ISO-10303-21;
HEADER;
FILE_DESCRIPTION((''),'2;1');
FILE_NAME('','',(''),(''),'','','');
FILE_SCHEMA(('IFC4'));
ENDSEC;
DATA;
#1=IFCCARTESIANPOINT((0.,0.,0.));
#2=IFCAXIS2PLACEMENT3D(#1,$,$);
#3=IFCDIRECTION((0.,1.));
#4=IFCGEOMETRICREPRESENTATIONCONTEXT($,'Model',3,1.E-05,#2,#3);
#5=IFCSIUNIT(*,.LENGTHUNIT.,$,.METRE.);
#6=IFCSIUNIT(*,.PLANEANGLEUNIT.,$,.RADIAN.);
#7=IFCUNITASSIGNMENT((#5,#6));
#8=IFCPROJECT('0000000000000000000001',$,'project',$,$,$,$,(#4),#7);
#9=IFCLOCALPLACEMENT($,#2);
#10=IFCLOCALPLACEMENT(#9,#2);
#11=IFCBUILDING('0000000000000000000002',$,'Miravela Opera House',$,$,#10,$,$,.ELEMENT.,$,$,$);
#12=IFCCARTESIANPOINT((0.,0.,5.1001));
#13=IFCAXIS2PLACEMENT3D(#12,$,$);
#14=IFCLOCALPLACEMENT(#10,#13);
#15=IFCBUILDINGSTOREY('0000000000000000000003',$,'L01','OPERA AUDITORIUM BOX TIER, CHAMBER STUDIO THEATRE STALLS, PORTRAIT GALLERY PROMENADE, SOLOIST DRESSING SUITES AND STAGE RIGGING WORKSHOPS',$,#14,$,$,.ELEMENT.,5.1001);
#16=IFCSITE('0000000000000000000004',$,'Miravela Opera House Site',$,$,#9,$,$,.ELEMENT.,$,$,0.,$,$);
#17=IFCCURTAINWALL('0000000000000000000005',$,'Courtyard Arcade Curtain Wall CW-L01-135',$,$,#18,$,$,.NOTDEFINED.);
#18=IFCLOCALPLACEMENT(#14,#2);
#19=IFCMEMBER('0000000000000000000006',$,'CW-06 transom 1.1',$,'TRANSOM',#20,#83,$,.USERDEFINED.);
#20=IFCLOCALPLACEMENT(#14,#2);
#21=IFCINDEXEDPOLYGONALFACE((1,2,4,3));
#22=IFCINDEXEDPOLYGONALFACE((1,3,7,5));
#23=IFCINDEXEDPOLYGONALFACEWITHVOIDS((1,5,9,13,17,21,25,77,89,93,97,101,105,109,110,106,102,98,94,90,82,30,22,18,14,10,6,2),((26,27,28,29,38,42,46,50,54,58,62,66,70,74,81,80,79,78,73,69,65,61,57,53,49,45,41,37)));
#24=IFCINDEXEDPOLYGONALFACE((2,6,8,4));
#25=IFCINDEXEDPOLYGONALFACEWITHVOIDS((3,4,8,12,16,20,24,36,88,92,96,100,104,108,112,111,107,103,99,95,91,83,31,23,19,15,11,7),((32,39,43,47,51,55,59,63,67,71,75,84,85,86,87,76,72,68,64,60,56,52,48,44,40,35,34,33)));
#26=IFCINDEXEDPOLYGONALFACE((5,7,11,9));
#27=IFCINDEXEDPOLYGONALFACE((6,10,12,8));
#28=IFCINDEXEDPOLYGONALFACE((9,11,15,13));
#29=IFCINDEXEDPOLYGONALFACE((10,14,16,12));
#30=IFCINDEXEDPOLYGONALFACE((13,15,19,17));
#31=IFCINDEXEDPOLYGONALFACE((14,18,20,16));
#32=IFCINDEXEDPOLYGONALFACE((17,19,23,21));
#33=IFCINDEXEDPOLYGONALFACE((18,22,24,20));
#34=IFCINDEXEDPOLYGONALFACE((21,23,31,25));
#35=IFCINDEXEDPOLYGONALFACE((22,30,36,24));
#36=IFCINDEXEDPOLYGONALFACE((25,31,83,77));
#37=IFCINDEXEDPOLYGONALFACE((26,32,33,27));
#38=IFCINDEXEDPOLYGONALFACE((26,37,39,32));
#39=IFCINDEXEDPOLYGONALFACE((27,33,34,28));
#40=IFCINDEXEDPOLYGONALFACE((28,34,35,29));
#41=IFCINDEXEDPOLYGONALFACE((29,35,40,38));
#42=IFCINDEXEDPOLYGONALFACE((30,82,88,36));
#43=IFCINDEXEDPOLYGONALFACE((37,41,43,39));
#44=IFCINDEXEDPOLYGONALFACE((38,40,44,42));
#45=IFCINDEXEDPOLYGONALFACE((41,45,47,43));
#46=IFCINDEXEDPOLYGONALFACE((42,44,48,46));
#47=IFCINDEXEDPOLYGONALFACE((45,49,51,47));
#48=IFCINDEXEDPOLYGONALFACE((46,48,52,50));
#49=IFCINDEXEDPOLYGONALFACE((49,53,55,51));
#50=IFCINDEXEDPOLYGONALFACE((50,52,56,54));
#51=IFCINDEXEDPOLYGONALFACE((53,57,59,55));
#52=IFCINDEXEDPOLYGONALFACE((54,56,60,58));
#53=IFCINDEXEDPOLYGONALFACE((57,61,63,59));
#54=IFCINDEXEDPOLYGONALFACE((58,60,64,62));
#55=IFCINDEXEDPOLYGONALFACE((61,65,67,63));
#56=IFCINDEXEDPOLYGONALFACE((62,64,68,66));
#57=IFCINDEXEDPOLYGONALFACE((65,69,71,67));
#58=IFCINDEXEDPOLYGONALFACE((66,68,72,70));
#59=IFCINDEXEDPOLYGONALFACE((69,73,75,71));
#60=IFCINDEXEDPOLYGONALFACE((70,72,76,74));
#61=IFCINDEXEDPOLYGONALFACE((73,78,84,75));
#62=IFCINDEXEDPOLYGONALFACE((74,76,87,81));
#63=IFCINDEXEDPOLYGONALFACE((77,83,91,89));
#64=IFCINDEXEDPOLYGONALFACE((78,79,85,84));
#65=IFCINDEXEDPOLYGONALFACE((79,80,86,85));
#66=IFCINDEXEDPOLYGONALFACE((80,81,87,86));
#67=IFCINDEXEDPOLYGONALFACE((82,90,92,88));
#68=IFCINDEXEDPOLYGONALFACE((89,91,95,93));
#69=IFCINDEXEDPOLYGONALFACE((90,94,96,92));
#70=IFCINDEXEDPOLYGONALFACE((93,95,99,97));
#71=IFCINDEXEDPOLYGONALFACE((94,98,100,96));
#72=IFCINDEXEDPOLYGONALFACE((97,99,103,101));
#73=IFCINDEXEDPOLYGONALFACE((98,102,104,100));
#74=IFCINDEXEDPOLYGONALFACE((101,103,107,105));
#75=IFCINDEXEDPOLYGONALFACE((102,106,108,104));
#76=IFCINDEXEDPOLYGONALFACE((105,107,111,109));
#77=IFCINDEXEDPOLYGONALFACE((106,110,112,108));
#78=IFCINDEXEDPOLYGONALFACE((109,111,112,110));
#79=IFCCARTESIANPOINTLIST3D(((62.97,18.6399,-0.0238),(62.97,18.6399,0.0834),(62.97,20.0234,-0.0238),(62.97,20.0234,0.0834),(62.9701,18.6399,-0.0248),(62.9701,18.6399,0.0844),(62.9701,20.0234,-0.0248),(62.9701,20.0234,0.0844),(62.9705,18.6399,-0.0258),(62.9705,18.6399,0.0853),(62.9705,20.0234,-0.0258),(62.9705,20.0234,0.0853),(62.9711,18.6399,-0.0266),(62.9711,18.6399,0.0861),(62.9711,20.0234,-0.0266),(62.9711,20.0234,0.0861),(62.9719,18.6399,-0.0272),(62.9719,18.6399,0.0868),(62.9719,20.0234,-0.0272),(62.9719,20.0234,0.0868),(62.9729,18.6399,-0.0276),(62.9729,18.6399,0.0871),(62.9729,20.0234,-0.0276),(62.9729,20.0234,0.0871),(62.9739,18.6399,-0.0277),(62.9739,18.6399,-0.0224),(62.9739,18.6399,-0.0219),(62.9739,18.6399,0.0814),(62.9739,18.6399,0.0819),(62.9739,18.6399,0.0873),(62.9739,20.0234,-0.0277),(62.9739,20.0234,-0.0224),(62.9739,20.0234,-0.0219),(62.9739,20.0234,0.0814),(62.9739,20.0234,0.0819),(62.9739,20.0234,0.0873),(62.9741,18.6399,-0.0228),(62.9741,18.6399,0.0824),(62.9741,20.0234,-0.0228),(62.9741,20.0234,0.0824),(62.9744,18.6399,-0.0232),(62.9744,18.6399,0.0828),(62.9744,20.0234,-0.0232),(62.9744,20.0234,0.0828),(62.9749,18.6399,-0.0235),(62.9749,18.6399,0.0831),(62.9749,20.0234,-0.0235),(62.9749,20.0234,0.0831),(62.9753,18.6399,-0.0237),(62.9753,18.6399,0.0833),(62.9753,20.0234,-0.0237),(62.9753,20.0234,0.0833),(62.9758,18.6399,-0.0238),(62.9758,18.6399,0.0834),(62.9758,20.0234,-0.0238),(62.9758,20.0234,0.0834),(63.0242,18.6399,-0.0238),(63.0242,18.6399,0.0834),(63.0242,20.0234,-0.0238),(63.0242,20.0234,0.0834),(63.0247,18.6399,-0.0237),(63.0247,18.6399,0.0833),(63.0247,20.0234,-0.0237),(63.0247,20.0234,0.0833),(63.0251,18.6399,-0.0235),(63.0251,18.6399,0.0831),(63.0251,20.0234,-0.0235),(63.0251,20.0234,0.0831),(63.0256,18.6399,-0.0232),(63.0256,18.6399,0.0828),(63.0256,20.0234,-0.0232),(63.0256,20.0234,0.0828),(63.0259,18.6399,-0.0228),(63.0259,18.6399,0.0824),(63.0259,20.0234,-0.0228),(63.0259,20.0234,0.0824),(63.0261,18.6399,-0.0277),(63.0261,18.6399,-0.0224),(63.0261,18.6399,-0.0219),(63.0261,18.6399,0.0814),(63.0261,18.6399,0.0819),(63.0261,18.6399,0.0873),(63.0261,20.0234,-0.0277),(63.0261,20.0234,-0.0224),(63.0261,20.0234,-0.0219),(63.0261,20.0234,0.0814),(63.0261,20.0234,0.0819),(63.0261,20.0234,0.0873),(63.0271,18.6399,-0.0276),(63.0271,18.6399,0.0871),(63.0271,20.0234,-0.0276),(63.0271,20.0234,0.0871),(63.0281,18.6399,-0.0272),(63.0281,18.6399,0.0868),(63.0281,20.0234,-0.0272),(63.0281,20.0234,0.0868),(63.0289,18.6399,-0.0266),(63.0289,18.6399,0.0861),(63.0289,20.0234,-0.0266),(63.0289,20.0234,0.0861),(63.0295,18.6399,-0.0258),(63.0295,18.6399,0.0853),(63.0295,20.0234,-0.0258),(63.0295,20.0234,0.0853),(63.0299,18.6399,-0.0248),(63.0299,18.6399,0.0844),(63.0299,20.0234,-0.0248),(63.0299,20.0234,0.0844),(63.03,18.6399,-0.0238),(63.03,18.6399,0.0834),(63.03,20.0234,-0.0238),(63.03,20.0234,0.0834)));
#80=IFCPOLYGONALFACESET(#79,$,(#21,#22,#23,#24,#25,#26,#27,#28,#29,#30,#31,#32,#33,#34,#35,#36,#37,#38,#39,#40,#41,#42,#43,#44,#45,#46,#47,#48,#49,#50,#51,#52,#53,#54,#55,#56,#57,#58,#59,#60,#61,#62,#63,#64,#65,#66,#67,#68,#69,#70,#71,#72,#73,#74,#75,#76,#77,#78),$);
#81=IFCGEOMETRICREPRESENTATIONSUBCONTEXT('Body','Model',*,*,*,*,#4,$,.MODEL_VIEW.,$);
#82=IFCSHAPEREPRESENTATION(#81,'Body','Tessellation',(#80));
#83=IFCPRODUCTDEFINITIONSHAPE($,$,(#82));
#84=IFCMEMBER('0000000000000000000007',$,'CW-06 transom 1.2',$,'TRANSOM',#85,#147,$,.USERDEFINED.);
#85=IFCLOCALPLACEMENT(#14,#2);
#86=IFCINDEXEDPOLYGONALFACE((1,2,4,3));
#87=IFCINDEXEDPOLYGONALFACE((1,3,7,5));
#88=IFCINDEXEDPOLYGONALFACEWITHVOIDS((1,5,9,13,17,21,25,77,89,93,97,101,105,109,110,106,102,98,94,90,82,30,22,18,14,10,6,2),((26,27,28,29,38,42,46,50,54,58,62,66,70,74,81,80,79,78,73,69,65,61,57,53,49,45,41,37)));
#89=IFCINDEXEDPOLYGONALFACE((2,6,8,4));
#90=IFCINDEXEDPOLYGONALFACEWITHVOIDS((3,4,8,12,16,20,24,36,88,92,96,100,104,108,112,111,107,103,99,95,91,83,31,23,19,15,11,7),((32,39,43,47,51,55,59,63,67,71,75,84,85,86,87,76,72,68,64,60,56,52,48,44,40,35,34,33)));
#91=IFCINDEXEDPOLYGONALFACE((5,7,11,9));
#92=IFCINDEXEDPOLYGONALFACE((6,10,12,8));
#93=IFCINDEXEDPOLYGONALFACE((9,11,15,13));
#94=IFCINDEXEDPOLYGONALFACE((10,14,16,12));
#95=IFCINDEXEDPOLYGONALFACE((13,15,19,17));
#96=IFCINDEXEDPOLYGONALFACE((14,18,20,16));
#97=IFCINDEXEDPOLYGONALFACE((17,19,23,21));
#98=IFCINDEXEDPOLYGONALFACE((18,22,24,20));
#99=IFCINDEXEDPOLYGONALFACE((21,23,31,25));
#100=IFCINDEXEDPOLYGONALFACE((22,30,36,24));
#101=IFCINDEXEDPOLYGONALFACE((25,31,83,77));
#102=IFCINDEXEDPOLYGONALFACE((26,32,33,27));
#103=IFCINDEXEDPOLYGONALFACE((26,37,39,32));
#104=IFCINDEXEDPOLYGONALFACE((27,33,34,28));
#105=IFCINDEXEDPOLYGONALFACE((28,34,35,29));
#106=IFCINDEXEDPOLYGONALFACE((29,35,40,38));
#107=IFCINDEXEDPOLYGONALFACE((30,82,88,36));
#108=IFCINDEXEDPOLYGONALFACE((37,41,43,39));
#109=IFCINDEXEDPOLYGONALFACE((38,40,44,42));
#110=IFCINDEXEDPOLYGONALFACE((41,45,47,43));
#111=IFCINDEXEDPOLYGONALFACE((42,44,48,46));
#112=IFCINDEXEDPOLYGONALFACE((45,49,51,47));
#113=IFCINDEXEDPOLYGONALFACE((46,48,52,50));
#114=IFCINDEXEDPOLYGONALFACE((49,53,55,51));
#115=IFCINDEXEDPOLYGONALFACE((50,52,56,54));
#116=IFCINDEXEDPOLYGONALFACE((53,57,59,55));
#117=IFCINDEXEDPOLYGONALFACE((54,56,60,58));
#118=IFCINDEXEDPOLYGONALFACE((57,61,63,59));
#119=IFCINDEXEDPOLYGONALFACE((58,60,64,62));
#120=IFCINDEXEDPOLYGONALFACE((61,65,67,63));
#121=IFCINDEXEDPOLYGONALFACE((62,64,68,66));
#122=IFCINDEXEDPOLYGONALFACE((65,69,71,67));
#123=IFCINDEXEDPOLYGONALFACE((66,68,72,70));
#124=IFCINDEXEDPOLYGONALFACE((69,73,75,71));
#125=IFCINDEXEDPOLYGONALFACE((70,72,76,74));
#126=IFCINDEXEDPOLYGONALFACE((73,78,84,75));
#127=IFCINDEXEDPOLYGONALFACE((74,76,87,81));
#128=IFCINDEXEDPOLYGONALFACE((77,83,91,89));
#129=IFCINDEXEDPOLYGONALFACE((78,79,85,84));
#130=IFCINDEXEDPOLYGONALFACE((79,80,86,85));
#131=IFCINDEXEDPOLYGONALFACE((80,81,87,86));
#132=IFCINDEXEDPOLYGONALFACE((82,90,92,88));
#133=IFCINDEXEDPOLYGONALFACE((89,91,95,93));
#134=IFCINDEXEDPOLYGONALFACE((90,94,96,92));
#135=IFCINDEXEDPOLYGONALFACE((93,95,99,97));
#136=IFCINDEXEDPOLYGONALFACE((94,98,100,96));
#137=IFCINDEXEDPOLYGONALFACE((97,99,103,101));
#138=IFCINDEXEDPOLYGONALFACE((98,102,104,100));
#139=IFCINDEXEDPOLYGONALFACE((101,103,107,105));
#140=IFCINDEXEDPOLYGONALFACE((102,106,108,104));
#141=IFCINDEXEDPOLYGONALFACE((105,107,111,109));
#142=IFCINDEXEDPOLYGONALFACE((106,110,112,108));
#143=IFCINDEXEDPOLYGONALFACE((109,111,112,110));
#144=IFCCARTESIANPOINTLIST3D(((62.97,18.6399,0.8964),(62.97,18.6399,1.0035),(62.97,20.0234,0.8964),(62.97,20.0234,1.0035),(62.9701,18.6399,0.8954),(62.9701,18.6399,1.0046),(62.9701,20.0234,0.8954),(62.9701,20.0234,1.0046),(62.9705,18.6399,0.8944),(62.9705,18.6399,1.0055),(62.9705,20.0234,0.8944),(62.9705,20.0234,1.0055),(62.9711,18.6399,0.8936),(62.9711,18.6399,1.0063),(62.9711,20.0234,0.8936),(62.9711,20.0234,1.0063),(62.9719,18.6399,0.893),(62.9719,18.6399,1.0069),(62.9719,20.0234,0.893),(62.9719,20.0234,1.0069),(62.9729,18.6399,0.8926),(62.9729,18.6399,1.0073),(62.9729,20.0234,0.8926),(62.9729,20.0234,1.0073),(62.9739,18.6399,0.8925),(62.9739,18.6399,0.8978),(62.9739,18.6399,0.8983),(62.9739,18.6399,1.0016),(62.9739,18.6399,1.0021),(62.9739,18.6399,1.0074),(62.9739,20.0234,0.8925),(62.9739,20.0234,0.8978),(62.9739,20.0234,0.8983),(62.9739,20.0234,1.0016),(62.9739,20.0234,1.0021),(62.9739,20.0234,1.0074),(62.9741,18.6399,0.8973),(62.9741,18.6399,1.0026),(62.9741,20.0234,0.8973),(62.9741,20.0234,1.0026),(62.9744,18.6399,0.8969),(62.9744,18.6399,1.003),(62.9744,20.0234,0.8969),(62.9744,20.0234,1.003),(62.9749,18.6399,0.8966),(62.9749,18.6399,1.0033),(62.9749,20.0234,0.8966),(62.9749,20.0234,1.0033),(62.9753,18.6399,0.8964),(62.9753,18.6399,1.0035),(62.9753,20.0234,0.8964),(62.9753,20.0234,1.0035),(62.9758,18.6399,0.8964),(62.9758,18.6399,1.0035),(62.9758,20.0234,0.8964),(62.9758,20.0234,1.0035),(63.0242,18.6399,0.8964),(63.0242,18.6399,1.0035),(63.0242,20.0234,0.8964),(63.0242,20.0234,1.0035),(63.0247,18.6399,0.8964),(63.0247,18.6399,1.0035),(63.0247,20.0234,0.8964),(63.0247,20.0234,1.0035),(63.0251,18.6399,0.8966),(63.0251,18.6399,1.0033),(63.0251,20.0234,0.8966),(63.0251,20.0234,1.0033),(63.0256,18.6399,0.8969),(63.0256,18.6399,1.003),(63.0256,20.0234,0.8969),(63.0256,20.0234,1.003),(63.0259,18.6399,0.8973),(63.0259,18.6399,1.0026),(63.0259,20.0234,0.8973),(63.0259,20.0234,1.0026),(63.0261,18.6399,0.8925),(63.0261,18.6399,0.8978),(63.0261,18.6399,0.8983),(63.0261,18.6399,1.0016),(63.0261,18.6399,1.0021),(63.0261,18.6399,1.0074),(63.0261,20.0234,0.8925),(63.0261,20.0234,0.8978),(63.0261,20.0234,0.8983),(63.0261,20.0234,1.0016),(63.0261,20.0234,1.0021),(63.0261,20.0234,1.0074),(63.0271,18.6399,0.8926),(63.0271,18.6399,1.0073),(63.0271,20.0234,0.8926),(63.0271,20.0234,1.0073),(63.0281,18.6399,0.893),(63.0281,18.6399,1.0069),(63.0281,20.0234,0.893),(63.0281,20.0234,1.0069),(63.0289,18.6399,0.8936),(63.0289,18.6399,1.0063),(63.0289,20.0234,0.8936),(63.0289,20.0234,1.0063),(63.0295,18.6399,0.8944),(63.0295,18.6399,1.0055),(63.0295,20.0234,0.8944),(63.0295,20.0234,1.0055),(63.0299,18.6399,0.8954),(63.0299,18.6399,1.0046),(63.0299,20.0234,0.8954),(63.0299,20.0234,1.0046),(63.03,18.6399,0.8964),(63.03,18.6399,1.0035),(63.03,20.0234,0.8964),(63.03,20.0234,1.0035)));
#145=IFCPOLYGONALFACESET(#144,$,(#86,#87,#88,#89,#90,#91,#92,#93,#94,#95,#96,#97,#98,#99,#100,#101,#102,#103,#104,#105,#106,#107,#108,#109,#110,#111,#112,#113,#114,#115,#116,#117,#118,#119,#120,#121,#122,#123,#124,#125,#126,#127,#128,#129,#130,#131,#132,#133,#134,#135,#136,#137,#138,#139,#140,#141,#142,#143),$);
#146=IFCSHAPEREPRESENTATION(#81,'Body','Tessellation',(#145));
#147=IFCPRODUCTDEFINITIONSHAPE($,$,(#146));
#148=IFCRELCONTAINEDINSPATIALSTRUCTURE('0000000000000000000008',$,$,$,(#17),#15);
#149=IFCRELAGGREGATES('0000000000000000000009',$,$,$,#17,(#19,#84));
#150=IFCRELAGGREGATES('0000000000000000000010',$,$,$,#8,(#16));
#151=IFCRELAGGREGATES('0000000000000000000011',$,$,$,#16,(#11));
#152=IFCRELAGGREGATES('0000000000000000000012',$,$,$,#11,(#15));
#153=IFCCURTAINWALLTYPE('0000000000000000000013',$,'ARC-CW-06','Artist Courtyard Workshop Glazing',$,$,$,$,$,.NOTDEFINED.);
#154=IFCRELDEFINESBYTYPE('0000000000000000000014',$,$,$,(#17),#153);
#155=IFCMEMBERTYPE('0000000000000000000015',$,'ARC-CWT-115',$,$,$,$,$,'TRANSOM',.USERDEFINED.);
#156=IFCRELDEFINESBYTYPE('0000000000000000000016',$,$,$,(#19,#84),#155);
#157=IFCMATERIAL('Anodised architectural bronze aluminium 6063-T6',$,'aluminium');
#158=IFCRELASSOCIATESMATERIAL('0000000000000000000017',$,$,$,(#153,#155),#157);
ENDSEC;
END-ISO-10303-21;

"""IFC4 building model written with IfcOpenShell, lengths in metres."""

from ifc_helpers import new_model, si_unit, direction, frame, origin, origin_2d, place, context, subcontext, project, spatial, hollow_rectangle, extrude, material, material_profile, profile_set, type_object, element, aggregate, save


model = new_model("IFC4")

# Units and contexts
model_context = context("Model", 3, precision=1e-05, world=origin(), true_north=direction((0.0, 1.0)))
body_context = subcontext(model_context, "Body", "Model", "MODEL_VIEW")
ifc_project = project(units=[si_unit("LENGTHUNIT", "METRE"), si_unit("PLANEANGLEUNIT", "RADIAN")], contexts=[model_context])

# Site, building, storey
site_placement = place(None, origin())
site = spatial("IfcSite", under=ifc_project, at=site_placement, Name="Miravela Opera House Site", CompositionType="ELEMENT", RefElevation=0.0)
building_placement = place(site_placement, origin())
building = spatial("IfcBuilding", under=site, at=building_placement, Name="Miravela Opera House", CompositionType="ELEMENT")
storey_placement = place(building_placement, frame((0.0, 0.0, 5.1001)))
storey = spatial("IfcBuildingStorey", under=building, at=storey_placement, Name="L01", Description="OPERA AUDITORIUM BOX TIER, CHAMBER STUDIO THEATRE STALLS, PORTRAIT GALLERY PROMENADE, SOLOIST DRESSING SUITES AND STAGE RIGGING WORKSHOPS", CompositionType="ELEMENT", Elevation=5.1001)

# Shared definitions
ifc_material_1 = material(Name="Anodised architectural bronze aluminium 6063-T6", Category="aluminium")
curtain_wall_type = type_object("IfcCurtainWallType", Name="ARC-CW-06", Description="Artist Courtyard Workshop Glazing", PredefinedType="NOTDEFINED", material=ifc_material_1)

# Curtain wall, members
curtain_wall_1_placement = place(storey_placement, origin())
curtain_wall_1 = element("IfcCurtainWall", 1, at=curtain_wall_1_placement, inside=storey, type_object=curtain_wall_type, Name="Courtyard Arcade Curtain Wall CW-L01-135", PredefinedType="NOTDEFINED")
ifc_material_profile_1 = material_profile(ifc_material_1, hollow_rectangle(XDim=0.0601, YDim=0.115, WallThickness=0.0039, InnerFilletRadius=0.002, OuterFilletRadius=0.0039, at=origin_2d()), Name="CWT-60X115")
ifc_profile_set_1 = profile_set([ifc_material_profile_1])
member_type_1 = type_object("IfcMemberType", Name="ARC-CWT-115", ElementType="TRANSOM", PredefinedType="USERDEFINED", material=ifc_profile_set_1)
member_1_placement = place(storey_placement, frame((63.0, 18.6399, 0.0298), z_axis=(0.0, 1.0, 0.0), x_axis=(-1.0, 0.0, 0.0)))
member_1 = element("IfcMember", 2, at=member_1_placement, type_object=member_type_1, Name="CW-06 transom 1.1", ObjectType="TRANSOM", PredefinedType="USERDEFINED", context=body_context, shape_type="SweptSolid", body=[
    extrude(hollow_rectangle(XDim=0.0601, YDim=0.115, WallThickness=0.0039, InnerFilletRadius=0.002, OuterFilletRadius=0.0039, at=origin_2d()), origin(), (0.0, 0.0, 1.0), 1.3835),
])
member_2_placement = place(storey_placement, frame((63.0, 18.6399, 0.95), z_axis=(0.0, 1.0, 0.0), x_axis=(-1.0, 0.0, 0.0)))
member_2 = element("IfcMember", 3, at=member_2_placement, type_object=member_type_1, Name="CW-06 transom 1.2", ObjectType="TRANSOM", PredefinedType="USERDEFINED", context=body_context, shape_type="SweptSolid", body=[
    extrude(hollow_rectangle(XDim=0.0601, YDim=0.115, WallThickness=0.0039, InnerFilletRadius=0.002, OuterFilletRadius=0.0039, at=origin_2d()), origin(), (0.0, 0.0, 1.0), 1.3835),
])

aggregate(curtain_wall_1, [member_1, member_2])

save(model, "model.ifc")
